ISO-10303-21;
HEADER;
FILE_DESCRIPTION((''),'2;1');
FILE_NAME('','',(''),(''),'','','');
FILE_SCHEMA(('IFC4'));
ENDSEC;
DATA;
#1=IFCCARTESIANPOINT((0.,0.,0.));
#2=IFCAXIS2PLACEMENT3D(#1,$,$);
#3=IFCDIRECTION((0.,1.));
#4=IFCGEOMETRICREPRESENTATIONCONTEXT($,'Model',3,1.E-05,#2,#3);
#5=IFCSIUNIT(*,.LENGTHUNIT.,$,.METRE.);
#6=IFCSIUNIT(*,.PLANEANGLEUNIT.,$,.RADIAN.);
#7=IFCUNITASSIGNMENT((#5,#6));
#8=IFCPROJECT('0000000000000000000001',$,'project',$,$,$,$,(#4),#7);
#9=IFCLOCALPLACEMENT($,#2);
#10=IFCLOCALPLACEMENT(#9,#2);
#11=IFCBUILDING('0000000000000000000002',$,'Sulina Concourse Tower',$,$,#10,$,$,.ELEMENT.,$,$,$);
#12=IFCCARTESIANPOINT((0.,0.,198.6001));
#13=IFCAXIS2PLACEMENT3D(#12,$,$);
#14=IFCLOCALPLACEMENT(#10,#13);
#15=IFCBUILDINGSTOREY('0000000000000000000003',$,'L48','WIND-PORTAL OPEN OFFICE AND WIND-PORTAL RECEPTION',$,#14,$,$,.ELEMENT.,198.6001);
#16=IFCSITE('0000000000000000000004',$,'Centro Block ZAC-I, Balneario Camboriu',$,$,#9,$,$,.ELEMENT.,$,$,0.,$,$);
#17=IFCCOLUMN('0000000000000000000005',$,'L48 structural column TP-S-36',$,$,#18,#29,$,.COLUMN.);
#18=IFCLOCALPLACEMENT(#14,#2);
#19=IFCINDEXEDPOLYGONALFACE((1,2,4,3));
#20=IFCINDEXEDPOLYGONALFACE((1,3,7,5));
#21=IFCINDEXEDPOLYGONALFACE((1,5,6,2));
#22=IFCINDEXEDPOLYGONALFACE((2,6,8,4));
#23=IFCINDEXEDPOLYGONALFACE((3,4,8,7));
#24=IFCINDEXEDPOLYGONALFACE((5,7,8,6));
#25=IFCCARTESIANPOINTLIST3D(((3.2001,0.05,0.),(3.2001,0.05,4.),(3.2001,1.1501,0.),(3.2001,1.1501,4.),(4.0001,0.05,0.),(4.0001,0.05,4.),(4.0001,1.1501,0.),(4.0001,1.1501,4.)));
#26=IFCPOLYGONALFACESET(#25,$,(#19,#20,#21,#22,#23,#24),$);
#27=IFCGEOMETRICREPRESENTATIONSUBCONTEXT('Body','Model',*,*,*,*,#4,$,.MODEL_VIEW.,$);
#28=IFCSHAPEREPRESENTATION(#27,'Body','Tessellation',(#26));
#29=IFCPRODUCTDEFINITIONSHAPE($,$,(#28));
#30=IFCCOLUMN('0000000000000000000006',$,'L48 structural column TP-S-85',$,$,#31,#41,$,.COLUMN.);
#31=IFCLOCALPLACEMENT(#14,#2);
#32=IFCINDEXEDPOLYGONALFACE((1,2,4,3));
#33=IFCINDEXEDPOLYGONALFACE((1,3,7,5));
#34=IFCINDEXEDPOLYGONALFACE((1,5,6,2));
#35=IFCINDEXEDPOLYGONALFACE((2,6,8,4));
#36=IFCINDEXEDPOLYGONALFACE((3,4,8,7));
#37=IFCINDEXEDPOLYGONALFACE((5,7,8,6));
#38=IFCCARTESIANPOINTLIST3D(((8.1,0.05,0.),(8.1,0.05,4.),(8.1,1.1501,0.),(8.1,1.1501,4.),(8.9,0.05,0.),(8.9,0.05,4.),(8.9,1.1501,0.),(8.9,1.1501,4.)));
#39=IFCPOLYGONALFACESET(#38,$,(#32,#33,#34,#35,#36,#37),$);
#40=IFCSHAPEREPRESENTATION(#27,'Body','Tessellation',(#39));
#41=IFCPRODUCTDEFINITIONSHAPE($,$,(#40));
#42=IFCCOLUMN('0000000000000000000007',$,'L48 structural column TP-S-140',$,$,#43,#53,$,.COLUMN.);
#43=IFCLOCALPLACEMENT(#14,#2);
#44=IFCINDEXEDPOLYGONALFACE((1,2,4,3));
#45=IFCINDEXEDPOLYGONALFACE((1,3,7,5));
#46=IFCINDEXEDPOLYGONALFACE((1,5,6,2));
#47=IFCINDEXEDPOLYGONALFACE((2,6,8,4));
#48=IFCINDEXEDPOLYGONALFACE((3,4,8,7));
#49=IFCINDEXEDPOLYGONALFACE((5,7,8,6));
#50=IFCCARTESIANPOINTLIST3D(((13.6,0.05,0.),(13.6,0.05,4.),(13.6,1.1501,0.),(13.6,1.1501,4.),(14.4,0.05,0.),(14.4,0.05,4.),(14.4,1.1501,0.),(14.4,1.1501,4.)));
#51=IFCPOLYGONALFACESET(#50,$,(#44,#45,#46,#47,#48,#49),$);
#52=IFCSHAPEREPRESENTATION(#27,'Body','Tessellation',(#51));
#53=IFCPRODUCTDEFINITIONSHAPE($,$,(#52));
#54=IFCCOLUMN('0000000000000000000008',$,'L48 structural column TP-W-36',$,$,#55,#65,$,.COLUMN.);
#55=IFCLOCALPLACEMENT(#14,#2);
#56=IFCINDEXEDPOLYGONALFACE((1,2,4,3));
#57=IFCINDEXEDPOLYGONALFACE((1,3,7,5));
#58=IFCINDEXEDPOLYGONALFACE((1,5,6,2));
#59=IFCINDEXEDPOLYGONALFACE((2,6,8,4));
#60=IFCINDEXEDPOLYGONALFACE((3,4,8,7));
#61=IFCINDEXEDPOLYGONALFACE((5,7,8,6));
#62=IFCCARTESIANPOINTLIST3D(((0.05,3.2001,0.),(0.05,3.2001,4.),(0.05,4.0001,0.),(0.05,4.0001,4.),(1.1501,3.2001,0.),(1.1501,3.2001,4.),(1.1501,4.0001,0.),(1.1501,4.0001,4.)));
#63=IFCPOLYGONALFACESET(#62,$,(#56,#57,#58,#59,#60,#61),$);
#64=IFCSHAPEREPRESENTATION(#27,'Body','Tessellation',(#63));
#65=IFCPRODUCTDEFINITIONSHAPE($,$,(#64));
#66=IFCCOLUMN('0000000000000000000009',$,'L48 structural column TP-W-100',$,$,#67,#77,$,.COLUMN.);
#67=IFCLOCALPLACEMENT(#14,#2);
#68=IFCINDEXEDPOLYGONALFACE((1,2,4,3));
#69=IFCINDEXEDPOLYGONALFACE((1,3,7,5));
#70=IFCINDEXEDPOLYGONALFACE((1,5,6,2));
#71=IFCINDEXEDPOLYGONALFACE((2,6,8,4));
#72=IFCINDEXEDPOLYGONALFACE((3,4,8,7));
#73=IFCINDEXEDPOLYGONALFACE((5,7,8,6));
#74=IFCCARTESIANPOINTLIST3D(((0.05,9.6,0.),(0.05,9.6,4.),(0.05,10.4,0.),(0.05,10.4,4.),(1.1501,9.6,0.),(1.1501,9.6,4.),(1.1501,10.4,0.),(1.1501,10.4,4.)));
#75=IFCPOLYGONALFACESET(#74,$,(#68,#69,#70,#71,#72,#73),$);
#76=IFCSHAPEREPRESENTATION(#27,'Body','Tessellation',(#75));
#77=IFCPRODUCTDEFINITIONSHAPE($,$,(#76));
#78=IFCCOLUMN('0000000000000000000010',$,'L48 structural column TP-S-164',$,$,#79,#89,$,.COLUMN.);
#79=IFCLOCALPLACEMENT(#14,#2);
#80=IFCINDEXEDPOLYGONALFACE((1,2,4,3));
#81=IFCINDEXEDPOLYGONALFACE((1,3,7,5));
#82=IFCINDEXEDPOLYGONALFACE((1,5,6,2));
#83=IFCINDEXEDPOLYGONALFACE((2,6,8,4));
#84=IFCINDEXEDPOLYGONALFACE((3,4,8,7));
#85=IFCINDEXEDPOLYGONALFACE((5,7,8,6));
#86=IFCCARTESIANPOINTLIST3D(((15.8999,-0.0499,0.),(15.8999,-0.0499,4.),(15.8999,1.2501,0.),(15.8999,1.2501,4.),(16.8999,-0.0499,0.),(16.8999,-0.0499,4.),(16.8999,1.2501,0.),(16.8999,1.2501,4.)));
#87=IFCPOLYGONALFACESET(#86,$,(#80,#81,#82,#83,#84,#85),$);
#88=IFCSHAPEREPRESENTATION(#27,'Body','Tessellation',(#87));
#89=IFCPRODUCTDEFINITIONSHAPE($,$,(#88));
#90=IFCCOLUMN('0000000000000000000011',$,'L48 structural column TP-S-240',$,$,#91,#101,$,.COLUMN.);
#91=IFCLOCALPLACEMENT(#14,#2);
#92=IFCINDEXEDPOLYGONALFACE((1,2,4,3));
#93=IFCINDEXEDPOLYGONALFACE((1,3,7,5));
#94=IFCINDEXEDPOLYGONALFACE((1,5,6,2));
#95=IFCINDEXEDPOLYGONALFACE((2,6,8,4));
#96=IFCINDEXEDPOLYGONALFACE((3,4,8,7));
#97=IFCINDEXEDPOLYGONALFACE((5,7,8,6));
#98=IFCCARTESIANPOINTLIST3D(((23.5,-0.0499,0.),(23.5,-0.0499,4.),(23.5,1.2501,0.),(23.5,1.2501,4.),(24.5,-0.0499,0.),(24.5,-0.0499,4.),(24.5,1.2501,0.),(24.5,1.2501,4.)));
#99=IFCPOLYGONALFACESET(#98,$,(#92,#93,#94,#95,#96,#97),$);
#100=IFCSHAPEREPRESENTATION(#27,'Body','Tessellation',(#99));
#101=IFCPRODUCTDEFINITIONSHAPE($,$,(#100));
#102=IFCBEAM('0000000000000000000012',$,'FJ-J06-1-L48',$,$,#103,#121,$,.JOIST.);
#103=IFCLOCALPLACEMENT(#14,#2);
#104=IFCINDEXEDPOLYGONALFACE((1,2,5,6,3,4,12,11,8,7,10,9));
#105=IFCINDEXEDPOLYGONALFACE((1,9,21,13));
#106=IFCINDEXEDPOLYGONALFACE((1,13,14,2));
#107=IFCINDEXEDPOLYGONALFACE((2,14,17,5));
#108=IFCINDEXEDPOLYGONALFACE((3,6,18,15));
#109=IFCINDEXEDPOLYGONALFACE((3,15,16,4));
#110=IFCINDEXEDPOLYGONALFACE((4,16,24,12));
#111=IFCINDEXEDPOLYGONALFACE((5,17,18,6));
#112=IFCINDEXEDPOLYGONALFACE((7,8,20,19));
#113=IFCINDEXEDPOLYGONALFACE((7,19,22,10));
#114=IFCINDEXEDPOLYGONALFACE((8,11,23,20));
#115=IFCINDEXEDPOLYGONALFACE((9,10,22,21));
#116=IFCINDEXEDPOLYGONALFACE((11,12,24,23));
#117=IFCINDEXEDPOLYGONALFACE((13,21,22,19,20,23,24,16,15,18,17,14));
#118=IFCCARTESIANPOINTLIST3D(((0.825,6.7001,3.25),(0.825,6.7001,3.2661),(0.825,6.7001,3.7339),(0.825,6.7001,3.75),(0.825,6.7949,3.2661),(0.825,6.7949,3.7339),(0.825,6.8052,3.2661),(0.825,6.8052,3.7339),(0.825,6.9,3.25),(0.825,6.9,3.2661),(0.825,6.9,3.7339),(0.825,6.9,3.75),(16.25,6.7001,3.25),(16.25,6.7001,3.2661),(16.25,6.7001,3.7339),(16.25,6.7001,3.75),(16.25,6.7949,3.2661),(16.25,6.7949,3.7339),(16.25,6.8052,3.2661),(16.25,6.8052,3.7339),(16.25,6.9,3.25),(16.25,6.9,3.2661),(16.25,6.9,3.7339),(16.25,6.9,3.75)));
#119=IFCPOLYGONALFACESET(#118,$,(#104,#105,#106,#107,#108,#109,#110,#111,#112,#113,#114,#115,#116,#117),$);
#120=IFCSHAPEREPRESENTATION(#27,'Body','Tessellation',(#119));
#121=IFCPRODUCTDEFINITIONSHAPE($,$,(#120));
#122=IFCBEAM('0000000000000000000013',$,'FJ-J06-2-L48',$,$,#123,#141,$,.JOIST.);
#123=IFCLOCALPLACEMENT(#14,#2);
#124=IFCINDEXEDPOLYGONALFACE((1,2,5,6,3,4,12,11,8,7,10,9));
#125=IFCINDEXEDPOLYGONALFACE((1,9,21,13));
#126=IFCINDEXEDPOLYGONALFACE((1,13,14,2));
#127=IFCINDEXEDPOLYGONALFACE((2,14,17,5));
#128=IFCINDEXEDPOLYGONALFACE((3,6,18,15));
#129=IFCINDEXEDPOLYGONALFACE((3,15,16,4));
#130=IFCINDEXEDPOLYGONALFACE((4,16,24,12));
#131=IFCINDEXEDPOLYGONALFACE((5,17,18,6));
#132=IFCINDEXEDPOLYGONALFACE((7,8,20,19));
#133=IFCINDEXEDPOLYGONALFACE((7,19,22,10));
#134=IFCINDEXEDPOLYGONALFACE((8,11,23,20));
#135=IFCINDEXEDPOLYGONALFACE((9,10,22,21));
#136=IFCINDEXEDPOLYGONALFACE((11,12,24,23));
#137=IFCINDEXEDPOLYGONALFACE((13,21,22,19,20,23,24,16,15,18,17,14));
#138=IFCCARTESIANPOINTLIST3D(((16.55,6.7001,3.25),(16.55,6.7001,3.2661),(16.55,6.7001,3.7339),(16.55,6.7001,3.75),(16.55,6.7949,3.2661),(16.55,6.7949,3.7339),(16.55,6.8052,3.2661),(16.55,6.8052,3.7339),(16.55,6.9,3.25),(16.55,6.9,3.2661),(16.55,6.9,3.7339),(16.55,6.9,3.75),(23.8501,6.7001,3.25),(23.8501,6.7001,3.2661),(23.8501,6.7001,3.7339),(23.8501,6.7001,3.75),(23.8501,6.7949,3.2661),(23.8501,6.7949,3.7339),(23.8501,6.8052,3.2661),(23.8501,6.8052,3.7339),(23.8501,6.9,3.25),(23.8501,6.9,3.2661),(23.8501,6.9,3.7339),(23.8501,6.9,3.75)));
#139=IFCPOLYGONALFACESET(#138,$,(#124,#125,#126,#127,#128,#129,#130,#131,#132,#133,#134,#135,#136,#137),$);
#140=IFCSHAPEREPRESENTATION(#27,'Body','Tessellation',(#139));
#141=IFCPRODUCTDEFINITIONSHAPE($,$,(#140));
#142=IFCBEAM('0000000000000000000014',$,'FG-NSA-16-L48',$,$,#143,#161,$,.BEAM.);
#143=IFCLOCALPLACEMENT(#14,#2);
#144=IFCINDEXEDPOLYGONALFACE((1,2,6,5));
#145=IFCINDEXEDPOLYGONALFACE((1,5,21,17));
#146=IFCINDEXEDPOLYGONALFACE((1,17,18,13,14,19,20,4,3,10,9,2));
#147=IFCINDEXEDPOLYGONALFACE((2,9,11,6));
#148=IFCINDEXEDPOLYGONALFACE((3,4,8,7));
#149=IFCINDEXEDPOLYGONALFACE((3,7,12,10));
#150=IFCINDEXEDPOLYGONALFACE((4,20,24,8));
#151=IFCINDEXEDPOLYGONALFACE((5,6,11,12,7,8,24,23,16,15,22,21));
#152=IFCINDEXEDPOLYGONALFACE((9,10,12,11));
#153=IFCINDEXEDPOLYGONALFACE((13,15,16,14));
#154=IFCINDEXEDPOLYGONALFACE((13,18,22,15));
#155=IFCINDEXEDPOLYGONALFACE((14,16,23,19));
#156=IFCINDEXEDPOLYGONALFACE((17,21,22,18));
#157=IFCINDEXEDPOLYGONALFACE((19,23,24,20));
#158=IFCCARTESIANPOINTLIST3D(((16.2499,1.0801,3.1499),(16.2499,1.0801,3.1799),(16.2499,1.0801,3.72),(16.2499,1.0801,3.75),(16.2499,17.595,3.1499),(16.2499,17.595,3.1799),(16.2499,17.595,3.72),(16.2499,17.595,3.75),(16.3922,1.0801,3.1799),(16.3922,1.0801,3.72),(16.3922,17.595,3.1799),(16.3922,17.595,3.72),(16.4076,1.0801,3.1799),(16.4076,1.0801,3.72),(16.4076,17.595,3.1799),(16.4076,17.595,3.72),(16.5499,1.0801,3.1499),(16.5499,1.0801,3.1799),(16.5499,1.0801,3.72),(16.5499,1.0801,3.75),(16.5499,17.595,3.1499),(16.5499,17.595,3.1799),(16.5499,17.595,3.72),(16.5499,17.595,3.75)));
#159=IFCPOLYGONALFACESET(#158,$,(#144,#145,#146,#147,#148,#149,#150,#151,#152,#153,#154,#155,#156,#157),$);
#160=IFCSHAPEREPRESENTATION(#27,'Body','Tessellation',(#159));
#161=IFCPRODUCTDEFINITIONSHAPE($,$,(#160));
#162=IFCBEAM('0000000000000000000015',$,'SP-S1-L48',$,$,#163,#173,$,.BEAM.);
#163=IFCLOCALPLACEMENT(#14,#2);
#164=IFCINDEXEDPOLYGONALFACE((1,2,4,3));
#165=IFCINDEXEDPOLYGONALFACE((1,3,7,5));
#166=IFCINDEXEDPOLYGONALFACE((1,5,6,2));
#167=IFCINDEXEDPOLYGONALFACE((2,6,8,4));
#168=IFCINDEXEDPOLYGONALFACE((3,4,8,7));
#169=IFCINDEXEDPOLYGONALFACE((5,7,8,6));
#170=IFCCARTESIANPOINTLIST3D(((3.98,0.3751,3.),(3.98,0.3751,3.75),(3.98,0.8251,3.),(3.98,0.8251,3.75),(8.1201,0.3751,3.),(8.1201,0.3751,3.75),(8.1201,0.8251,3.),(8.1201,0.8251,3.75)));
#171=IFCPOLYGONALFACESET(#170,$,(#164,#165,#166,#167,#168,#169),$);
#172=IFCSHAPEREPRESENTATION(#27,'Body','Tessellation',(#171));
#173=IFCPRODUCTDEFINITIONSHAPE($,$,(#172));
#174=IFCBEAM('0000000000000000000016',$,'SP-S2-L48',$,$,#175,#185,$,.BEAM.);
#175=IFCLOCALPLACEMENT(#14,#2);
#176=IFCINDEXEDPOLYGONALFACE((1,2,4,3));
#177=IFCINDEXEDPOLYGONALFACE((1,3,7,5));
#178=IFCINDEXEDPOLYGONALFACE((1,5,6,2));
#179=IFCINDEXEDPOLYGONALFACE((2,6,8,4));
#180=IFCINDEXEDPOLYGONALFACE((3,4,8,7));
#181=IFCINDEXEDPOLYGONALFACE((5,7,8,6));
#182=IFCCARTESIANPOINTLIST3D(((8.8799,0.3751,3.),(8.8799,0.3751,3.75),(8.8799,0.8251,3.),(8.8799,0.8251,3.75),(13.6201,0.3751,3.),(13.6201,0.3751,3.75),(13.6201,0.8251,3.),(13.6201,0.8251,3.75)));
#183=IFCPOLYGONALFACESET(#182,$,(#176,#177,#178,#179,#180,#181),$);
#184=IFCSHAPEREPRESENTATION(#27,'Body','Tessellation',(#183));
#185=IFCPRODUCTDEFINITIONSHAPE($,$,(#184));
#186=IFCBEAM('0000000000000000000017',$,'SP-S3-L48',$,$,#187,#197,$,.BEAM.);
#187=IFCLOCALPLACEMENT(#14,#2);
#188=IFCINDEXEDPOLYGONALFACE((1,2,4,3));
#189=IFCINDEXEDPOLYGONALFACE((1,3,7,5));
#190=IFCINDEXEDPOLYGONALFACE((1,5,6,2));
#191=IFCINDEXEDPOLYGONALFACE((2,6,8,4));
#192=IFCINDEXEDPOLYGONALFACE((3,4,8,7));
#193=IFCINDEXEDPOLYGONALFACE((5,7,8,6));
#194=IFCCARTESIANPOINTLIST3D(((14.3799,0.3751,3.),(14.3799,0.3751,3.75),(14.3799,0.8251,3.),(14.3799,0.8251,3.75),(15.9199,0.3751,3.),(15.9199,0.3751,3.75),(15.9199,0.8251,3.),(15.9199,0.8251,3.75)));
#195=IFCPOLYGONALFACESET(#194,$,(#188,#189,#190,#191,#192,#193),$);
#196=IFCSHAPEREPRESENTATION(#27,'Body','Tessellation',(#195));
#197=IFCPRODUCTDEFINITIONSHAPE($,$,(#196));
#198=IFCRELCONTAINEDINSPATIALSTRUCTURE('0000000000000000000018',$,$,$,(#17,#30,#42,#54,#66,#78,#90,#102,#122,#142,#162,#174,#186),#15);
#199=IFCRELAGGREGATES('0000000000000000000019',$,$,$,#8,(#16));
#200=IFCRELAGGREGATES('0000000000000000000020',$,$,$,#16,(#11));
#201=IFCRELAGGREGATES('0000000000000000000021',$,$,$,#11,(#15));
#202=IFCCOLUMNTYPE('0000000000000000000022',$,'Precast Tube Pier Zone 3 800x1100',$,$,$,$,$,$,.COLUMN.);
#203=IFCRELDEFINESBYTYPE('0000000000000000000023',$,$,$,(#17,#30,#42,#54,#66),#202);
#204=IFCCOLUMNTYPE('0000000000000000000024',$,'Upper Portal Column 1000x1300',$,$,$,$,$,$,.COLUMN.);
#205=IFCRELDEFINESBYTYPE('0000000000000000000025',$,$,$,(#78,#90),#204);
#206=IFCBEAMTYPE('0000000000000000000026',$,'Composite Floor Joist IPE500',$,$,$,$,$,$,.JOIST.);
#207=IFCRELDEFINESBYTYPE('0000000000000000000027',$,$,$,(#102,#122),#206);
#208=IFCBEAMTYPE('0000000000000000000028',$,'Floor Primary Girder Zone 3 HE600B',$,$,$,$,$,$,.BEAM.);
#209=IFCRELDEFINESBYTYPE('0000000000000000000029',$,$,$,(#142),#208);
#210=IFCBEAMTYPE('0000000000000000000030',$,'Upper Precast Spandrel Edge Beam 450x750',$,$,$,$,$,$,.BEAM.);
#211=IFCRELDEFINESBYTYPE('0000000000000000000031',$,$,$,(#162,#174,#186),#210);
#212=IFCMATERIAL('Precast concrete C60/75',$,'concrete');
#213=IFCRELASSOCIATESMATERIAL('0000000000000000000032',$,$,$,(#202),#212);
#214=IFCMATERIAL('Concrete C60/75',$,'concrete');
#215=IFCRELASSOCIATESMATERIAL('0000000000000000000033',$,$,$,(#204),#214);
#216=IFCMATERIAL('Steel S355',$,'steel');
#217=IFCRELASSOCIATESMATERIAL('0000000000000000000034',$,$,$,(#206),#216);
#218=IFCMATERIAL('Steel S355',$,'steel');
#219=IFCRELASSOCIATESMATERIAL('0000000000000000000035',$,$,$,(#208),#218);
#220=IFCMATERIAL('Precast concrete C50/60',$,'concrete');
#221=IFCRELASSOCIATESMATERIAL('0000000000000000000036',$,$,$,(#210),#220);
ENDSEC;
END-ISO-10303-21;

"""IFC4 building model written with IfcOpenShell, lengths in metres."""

from ifc_helpers import new_model, si_unit, direction, frame, origin, origin_2d, place, context, subcontext, project, spatial, rectangle, i_section, extrude, material, material_profile, profile_set, type_object, element, save


model = new_model("IFC4")

# Units and contexts
model_context = context("Model", 3, precision=1e-05, world=origin(), true_north=direction((0.0, 1.0)))
body_context = subcontext(model_context, "Body", "Model", "MODEL_VIEW")
ifc_project = project(units=[si_unit("LENGTHUNIT", "METRE"), si_unit("PLANEANGLEUNIT", "RADIAN")], contexts=[model_context])

# Site, building, storey
site_placement = place(None, origin())
site = spatial("IfcSite", under=ifc_project, at=site_placement, Name="Centro Block ZAC-I, Balneario Camboriu", CompositionType="ELEMENT", RefElevation=0.0)
building_placement = place(site_placement, origin())
building = spatial("IfcBuilding", under=site, at=building_placement, Name="Sulina Concourse Tower", CompositionType="ELEMENT")
storey_placement = place(building_placement, frame((0.0, 0.0, 198.6001)))
storey = spatial("IfcBuildingStorey", under=building, at=storey_placement, Name="L48", Description="WIND-PORTAL OPEN OFFICE AND WIND-PORTAL RECEPTION", CompositionType="ELEMENT", Elevation=198.6001)

# Columns
ifc_material_1 = material(Name="Precast concrete C60/75", Category="concrete")
ifc_material_profile_1 = material_profile(ifc_material_1, rectangle(XDim=0.8, YDim=1.1001, at=origin_2d()), Name="PC 800x1100")
ifc_profile_set_1 = profile_set([ifc_material_profile_1], Name="Precast concrete C60/75")
column_type_1 = type_object("IfcColumnType", Name="Precast Tube Pier Zone 3 800x1100", PredefinedType="COLUMN", material=ifc_profile_set_1)
for number, where, z_axis, x_axis, name in (
    (1, (3.6001, 0.6001, 0.0), (0.0, 0.0, 1.0), (1.0, 0.0, 0.0), "L48 structural column TP-S-36"),
    (2, (8.5, 0.6001, 0.0), (0.0, 0.0, 1.0), (1.0, 0.0, 0.0), "L48 structural column TP-S-85"),
    (3, (14.0, 0.6001, 0.0), (0.0, 0.0, 1.0), (1.0, 0.0, 0.0), "L48 structural column TP-S-140"),
    (4, (0.6001, 3.6001, 0.0), (0.0, 0.0, 1.0), (0.0, 1.0, 0.0), "L48 structural column TP-W-36"),
    (5, (0.6001, 10.0, 0.0), (0.0, 0.0, 1.0), (0.0, 1.0, 0.0), "L48 structural column TP-W-100"),
):
    element("IfcColumn", number, at=place(storey_placement, frame(where, z_axis=z_axis, x_axis=x_axis)), inside=storey, type_object=column_type_1, Name=name, PredefinedType="COLUMN", context=body_context, shape_type="SweptSolid", body=[
        extrude(rectangle(XDim=0.8, YDim=1.1001, at=origin_2d()), origin(), (0.0, 0.0, 1.0), 4.0),
    ])
ifc_material_2 = material(Name="Concrete C60/75", Category="concrete")
ifc_material_profile_2 = material_profile(ifc_material_2, rectangle(XDim=1.0, YDim=1.3, at=origin_2d()), Name="RC 1000x1300")
ifc_profile_set_2 = profile_set([ifc_material_profile_2], Name="Concrete C60/75")
column_type_2 = type_object("IfcColumnType", Name="Upper Portal Column 1000x1300", PredefinedType="COLUMN", material=ifc_profile_set_2)
for number, where, z_axis, x_axis, name in (
    (6, (16.3999, 0.6001, 0.0), (0.0, 0.0, 1.0), (1.0, 0.0, 0.0), "L48 structural column TP-S-164"),
    (7, (24.0, 0.6001, 0.0), (0.0, 0.0, 1.0), (1.0, 0.0, 0.0), "L48 structural column TP-S-240"),
):
    element("IfcColumn", number, at=place(storey_placement, frame(where, z_axis=z_axis, x_axis=x_axis)), inside=storey, type_object=column_type_2, Name=name, PredefinedType="COLUMN", context=body_context, shape_type="SweptSolid", body=[
        extrude(rectangle(XDim=1.0, YDim=1.3, at=origin_2d()), origin(), (0.0, 0.0, 1.0), 4.0),
    ])

# Beams
ifc_material_3 = material(Name="Steel S355", Category="steel")
ifc_material_profile_3 = material_profile(ifc_material_3, i_section(OverallWidth=0.2, OverallDepth=0.5, WebThickness=0.0103, FlangeThickness=0.0161, at=origin_2d()), Name="IPE 500")
ifc_profile_set_3 = profile_set([ifc_material_profile_3], Name="Steel S355")
beam_type_1 = type_object("IfcBeamType", Name="Composite Floor Joist IPE500", PredefinedType="JOIST", material=ifc_profile_set_3)
beam_1_placement = place(storey_placement, frame((0.825, 6.8, 3.5), z_axis=(1.0, 0.0, 0.0), x_axis=(0.0, 1.0, 0.0)))
element("IfcBeam", 8, at=beam_1_placement, inside=storey, type_object=beam_type_1, Name="FJ-J06-1-L48", PredefinedType="JOIST", context=body_context, shape_type="SweptSolid", body=[
    extrude(i_section(OverallWidth=0.2, OverallDepth=0.5, WebThickness=0.0103, FlangeThickness=0.0161, at=origin_2d()), origin(), (0.0, 0.0, 1.0), 15.425),
])
beam_2_placement = place(storey_placement, frame((16.55, 6.8, 3.5), z_axis=(1.0, 0.0, 0.0), x_axis=(0.0, 1.0, 0.0)))
element("IfcBeam", 9, at=beam_2_placement, inside=storey, type_object=beam_type_1, Name="FJ-J06-2-L48", PredefinedType="JOIST", context=body_context, shape_type="SweptSolid", body=[
    extrude(i_section(OverallWidth=0.2, OverallDepth=0.5, WebThickness=0.0103, FlangeThickness=0.0161, at=origin_2d()), origin(), (0.0, 0.0, 1.0), 7.3),
])
ifc_material_4 = material(Name="Steel S355", Category="steel")
ifc_material_profile_4 = material_profile(ifc_material_4, i_section(OverallWidth=0.3, OverallDepth=0.6001, WebThickness=0.0154, FlangeThickness=0.03, at=origin_2d()), Name="HE 600 B")
ifc_profile_set_4 = profile_set([ifc_material_profile_4], Name="Steel S355")
beam_type_2 = type_object("IfcBeamType", Name="Floor Primary Girder Zone 3 HE600B", PredefinedType="BEAM", material=ifc_profile_set_4)
beam_3_placement = place(storey_placement, frame((16.3999, 1.0801, 3.45), z_axis=(0.0, 1.0, 0.0), x_axis=(-1.0, 0.0, 0.0)))
element("IfcBeam", 10, at=beam_3_placement, inside=storey, type_object=beam_type_2, Name="FG-NSA-16-L48", PredefinedType="BEAM", context=body_context, shape_type="SweptSolid", body=[
    extrude(i_section(OverallWidth=0.3, OverallDepth=0.6001, WebThickness=0.0154, FlangeThickness=0.03, at=origin_2d()), origin(), (0.0, 0.0, 1.0), 16.5149),
])
ifc_material_5 = material(Name="Precast concrete C50/60", Category="concrete")
ifc_material_profile_5 = material_profile(ifc_material_5, rectangle(XDim=0.45, YDim=0.75, at=origin_2d()), Name="RC 450x750")
ifc_profile_set_5 = profile_set([ifc_material_profile_5], Name="Precast concrete C50/60")
beam_type_3 = type_object("IfcBeamType", Name="Upper Precast Spandrel Edge Beam 450x750", PredefinedType="BEAM", material=ifc_profile_set_5)
beam_4_placement = place(storey_placement, frame((3.98, 0.6001, 3.375), z_axis=(1.0, 0.0, 0.0), x_axis=(0.0, 1.0, 0.0)))
element("IfcBeam", 11, at=beam_4_placement, inside=storey, type_object=beam_type_3, Name="SP-S1-L48", PredefinedType="BEAM", context=body_context, shape_type="SweptSolid", body=[
    extrude(rectangle(XDim=0.45, YDim=0.75, at=origin_2d()), origin(), (0.0, 0.0, 1.0), 4.1401),
])
beam_5_placement = place(storey_placement, frame((8.8799, 0.6001, 3.375), z_axis=(1.0, 0.0, 0.0), x_axis=(0.0, 1.0, 0.0)))
element("IfcBeam", 12, at=beam_5_placement, inside=storey, type_object=beam_type_3, Name="SP-S2-L48", PredefinedType="BEAM", context=body_context, shape_type="SweptSolid", body=[
    extrude(rectangle(XDim=0.45, YDim=0.75, at=origin_2d()), origin(), (0.0, 0.0, 1.0), 4.7402),
])
beam_6_placement = place(storey_placement, frame((14.3799, 0.6001, 3.375), z_axis=(1.0, 0.0, 0.0), x_axis=(0.0, 1.0, 0.0)))
element("IfcBeam", 13, at=beam_6_placement, inside=storey, type_object=beam_type_3, Name="SP-S3-L48", PredefinedType="BEAM", context=body_context, shape_type="SweptSolid", body=[
    extrude(rectangle(XDim=0.45, YDim=0.75, at=origin_2d()), origin(), (0.0, 0.0, 1.0), 1.54),
])

save(model, "model.ifc")
